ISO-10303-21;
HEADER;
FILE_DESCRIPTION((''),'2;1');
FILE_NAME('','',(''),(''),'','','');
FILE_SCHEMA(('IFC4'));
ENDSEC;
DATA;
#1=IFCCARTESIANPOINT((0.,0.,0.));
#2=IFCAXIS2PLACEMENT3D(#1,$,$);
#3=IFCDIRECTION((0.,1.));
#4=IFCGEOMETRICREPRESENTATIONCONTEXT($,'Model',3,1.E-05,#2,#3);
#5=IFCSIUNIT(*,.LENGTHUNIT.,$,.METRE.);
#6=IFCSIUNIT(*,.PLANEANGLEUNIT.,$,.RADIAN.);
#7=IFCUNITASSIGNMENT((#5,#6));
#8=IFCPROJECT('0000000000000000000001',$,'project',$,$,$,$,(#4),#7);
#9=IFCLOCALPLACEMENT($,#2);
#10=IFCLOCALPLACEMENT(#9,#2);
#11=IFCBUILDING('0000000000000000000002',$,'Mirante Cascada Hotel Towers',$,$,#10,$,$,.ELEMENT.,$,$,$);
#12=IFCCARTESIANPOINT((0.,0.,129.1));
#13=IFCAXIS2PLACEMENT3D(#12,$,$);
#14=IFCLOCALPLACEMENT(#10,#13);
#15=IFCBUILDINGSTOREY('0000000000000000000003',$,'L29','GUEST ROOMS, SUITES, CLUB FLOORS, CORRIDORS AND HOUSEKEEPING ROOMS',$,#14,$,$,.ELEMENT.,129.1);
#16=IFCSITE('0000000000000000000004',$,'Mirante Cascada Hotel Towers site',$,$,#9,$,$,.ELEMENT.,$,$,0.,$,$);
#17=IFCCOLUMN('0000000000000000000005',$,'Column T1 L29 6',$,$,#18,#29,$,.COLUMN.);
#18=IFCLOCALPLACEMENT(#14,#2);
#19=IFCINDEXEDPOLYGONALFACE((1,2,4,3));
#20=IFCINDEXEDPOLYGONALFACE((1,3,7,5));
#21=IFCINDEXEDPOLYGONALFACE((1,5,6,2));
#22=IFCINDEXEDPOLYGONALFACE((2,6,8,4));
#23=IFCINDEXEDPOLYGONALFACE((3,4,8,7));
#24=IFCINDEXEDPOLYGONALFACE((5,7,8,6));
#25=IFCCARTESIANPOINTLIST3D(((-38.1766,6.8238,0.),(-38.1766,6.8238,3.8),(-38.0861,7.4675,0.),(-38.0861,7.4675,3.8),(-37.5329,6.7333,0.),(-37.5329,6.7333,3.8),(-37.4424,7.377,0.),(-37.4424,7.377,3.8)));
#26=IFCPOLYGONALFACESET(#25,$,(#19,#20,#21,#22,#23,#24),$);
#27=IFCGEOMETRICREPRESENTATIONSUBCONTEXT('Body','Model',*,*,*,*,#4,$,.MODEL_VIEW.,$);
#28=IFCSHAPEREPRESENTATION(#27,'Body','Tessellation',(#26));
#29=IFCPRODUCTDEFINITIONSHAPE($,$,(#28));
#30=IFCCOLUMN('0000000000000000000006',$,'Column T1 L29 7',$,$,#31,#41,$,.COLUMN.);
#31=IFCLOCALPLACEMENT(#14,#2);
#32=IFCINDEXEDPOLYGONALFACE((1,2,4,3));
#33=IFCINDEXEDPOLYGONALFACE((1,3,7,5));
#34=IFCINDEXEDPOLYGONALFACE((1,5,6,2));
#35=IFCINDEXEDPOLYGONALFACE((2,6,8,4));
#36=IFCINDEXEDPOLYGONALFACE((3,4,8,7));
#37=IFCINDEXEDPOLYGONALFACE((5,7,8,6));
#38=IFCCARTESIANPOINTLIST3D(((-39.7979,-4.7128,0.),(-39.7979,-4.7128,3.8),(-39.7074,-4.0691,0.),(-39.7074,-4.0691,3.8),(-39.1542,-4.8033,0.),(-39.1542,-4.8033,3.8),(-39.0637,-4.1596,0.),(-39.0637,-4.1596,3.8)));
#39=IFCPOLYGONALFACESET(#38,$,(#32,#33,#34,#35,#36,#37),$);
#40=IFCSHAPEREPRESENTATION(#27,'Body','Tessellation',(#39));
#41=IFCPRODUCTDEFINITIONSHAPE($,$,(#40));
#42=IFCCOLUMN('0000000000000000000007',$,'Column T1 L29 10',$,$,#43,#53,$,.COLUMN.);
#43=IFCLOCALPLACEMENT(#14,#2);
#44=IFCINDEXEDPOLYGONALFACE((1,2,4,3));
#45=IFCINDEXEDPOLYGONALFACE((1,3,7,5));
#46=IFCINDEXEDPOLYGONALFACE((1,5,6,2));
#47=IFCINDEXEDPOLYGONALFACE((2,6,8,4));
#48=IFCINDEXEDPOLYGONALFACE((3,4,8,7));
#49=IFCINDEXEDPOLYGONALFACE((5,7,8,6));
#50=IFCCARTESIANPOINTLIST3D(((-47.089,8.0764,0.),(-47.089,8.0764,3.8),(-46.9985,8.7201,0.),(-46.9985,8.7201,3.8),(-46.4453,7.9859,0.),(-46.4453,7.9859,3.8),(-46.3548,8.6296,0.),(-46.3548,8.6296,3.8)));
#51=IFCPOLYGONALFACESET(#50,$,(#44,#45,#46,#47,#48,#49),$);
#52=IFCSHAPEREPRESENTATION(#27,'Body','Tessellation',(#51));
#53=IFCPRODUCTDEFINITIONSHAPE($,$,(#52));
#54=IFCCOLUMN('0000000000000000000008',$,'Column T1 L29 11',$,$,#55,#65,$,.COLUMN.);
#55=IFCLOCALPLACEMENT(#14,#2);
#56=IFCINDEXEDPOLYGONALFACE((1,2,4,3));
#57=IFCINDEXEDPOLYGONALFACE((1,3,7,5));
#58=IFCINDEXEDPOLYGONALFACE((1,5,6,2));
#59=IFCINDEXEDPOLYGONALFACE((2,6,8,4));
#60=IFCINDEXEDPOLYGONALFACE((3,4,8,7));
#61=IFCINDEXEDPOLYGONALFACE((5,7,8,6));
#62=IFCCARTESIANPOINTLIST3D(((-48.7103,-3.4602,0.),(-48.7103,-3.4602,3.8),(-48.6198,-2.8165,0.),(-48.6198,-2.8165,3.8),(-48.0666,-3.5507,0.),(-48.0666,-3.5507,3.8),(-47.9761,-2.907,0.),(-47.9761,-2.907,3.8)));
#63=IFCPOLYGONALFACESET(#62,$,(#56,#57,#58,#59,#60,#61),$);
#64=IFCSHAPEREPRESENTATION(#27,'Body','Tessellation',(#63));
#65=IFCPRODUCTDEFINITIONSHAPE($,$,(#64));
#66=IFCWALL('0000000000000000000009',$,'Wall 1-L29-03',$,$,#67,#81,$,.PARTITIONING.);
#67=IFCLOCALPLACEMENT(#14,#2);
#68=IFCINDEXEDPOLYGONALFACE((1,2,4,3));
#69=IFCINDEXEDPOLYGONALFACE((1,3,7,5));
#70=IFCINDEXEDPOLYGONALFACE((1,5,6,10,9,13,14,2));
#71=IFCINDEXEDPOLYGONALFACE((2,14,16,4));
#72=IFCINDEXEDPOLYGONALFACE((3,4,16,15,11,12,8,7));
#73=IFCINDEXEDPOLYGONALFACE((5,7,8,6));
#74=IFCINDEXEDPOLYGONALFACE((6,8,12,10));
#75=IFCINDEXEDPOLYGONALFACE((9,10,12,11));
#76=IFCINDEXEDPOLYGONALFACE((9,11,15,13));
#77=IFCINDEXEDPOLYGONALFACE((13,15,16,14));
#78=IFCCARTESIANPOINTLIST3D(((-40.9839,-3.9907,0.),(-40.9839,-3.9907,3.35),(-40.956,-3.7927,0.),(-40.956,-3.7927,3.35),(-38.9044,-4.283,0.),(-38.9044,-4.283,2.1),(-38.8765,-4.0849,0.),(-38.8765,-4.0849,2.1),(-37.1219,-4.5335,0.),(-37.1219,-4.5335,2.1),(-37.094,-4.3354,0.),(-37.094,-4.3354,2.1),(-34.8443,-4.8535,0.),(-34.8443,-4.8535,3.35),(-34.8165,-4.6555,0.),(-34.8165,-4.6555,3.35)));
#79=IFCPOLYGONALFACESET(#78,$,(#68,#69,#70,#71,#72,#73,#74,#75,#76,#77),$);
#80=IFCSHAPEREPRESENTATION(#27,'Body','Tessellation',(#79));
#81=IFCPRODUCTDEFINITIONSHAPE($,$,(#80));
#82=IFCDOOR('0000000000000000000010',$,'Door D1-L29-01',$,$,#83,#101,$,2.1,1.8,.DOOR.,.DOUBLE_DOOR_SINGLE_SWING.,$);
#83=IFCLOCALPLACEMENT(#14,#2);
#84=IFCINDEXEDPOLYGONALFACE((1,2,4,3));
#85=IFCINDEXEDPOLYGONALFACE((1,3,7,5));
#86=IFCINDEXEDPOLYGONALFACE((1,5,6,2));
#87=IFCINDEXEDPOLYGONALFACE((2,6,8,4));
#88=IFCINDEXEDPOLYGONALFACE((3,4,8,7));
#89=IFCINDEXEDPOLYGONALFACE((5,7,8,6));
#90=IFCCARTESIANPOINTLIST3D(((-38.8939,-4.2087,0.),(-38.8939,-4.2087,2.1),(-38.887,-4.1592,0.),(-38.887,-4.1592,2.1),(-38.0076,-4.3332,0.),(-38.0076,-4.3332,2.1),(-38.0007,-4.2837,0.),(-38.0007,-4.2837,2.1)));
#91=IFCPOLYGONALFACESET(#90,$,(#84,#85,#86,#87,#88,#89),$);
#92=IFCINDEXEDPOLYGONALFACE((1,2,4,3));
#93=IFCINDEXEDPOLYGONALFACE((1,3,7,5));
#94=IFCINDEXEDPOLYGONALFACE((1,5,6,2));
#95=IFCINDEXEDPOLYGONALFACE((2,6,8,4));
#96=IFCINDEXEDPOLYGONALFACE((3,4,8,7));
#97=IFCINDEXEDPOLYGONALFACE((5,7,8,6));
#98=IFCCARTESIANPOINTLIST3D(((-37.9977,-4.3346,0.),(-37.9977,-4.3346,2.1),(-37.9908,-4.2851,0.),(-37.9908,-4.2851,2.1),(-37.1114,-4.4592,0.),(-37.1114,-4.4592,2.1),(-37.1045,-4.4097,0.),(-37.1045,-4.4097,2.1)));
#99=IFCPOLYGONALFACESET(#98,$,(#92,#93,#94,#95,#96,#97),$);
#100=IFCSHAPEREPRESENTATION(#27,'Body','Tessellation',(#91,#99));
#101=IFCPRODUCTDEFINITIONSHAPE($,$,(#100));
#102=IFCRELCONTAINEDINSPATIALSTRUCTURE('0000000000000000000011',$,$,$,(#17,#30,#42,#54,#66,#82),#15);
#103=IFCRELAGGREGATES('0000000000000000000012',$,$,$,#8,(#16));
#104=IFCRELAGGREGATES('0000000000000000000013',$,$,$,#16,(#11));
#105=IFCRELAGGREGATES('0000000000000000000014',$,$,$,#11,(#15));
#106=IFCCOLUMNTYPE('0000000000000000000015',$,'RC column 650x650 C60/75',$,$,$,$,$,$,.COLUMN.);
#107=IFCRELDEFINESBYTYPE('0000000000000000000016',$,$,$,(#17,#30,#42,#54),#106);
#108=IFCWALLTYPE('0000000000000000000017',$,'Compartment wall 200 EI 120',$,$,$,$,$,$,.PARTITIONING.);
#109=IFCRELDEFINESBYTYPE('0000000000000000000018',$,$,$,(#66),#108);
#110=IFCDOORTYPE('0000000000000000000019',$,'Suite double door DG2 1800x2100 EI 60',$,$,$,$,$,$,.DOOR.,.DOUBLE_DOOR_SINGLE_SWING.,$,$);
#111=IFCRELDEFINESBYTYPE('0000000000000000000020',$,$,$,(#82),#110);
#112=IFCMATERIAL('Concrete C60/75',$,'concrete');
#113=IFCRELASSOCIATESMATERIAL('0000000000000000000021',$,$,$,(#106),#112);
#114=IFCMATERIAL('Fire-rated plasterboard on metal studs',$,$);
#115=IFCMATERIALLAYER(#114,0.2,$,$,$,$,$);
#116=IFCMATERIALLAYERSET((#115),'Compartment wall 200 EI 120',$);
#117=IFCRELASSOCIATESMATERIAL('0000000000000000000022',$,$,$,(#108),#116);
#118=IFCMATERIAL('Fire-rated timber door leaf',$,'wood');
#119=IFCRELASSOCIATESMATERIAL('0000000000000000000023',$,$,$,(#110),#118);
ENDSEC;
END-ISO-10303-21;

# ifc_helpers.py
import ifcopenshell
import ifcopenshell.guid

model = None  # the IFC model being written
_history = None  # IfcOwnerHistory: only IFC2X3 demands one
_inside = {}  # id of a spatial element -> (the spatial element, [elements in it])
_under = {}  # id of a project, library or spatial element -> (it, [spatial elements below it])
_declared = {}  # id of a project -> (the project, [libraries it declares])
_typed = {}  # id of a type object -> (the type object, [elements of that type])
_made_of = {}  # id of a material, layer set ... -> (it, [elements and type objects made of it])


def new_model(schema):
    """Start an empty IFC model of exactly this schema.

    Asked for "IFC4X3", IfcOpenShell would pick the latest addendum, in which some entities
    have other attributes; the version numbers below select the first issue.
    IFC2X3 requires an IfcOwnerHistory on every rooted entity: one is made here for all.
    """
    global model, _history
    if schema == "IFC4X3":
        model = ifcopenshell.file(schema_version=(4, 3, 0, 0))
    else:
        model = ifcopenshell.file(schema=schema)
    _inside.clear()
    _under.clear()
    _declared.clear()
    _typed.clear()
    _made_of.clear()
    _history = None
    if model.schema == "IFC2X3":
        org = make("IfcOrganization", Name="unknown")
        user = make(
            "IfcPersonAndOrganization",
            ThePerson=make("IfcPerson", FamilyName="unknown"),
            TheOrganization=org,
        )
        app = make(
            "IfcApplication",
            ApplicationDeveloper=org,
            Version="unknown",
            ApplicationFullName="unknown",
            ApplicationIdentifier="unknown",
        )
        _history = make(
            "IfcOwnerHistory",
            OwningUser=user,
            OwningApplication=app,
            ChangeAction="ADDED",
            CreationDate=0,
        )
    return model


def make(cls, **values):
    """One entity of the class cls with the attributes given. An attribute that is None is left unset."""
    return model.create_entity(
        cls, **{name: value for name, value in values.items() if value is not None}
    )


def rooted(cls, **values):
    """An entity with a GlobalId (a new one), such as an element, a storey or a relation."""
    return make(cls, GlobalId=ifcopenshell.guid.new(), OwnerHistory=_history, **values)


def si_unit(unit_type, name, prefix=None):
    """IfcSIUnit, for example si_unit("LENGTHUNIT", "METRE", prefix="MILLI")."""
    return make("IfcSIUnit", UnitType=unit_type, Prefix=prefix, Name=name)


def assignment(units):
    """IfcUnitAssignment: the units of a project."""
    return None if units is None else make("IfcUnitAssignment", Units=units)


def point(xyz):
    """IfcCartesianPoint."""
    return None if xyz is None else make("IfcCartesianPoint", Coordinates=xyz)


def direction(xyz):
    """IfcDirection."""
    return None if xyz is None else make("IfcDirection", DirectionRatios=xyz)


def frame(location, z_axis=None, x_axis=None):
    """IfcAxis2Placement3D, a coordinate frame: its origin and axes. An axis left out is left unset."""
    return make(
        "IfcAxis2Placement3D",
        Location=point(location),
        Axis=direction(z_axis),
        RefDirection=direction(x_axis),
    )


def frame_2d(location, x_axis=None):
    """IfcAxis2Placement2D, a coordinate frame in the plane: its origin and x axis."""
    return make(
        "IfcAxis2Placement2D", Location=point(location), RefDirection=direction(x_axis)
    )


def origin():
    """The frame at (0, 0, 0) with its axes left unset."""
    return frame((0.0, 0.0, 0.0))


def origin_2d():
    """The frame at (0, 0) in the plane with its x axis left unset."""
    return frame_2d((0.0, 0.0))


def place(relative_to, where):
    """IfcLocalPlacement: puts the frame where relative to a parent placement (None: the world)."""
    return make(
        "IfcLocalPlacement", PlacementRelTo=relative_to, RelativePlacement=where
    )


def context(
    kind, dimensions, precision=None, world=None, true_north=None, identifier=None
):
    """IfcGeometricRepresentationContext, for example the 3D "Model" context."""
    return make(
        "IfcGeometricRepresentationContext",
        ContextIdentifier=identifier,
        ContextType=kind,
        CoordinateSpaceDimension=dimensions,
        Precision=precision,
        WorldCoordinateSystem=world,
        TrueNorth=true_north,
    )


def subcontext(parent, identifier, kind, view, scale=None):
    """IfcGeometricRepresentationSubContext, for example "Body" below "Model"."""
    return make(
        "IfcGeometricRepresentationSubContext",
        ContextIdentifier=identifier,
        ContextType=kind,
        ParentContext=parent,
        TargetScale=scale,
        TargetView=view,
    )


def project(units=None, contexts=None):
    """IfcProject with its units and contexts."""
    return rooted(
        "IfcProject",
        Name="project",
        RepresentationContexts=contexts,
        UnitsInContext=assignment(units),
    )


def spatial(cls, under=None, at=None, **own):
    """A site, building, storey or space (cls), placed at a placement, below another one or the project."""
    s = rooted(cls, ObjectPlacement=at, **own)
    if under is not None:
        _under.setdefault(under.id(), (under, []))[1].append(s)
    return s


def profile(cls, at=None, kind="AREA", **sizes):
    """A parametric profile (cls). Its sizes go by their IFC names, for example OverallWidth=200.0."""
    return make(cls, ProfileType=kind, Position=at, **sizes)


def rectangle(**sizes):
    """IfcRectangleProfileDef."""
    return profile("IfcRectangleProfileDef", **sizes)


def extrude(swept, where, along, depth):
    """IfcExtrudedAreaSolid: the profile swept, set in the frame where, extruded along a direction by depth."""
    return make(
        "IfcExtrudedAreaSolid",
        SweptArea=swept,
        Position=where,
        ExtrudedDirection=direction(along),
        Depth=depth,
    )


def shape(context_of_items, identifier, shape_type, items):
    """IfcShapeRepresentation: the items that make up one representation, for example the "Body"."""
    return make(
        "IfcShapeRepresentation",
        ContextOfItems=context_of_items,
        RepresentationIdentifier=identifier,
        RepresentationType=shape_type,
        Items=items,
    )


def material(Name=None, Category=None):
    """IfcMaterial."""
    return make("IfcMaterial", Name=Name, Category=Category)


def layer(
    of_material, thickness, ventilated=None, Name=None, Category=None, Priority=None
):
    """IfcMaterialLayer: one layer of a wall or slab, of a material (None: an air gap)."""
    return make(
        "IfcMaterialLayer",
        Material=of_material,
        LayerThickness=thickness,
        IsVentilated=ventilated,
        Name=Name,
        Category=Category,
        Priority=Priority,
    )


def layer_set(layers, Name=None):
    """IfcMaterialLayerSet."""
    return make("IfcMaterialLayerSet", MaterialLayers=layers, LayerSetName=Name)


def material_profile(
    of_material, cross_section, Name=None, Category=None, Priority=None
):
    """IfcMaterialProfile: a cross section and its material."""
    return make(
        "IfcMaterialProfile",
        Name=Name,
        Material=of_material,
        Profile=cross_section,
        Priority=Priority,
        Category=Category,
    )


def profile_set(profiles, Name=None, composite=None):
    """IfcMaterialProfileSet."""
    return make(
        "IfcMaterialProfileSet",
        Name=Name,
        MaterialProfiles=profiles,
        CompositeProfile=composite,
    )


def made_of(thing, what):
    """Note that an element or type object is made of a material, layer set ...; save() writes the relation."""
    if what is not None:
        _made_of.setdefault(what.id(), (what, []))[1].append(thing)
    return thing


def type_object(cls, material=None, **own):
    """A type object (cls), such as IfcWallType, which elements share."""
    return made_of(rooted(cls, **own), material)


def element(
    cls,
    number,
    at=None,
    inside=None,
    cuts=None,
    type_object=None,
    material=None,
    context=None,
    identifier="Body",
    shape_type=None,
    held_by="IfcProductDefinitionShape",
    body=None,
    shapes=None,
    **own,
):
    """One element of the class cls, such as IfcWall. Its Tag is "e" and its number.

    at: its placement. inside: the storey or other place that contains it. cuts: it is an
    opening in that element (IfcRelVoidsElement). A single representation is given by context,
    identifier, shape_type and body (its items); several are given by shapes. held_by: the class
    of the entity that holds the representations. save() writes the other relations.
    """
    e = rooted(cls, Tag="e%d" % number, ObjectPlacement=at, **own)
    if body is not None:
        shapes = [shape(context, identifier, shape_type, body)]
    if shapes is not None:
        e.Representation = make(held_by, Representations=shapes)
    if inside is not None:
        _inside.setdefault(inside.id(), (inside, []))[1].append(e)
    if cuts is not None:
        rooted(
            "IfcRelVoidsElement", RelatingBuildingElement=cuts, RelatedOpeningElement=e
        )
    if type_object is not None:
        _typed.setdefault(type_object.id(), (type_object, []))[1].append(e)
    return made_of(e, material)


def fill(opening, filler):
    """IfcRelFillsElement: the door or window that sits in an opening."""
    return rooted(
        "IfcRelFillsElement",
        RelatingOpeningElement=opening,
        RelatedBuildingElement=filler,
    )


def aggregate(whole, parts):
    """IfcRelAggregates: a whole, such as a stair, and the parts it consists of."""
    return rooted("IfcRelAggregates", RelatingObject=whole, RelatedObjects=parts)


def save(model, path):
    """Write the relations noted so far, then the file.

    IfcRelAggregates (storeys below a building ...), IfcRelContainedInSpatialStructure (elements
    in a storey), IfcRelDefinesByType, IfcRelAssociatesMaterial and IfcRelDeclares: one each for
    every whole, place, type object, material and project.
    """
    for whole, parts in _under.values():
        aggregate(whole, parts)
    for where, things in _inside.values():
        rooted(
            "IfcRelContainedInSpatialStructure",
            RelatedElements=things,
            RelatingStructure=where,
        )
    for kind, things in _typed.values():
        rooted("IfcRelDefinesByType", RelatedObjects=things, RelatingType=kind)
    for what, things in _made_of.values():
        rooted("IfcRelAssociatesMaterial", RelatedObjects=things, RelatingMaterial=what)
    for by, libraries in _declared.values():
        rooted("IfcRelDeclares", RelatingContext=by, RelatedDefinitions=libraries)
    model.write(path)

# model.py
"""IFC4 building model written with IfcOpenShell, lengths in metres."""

from ifc_helpers import new_model, si_unit, direction, frame, frame_2d, origin, origin_2d, place, context, subcontext, project, spatial, rectangle, extrude, material, layer, layer_set, material_profile, profile_set, type_object, element, fill, save


model = new_model("IFC4")

# Units and contexts
model_context = context("Model", 3, precision=1e-05, world=origin(), true_north=direction((0.0, 1.0)))
body_context = subcontext(model_context, "Body", "Model", "MODEL_VIEW")
ifc_project = project(units=[si_unit("LENGTHUNIT", "METRE"), si_unit("PLANEANGLEUNIT", "RADIAN")], contexts=[model_context])

# Site, building, storey
site_placement = place(None, origin())
site = spatial("IfcSite", under=ifc_project, at=site_placement, Name="Mirante Cascada Hotel Towers site", CompositionType="ELEMENT", RefElevation=0.0)
building_placement = place(site_placement, origin())
building = spatial("IfcBuilding", under=site, at=building_placement, Name="Mirante Cascada Hotel Towers", CompositionType="ELEMENT")
storey_placement = place(building_placement, frame((0.0, 0.0, 129.1)))
storey = spatial("IfcBuildingStorey", under=building, at=storey_placement, Name="L29", Description="GUEST ROOMS, SUITES, CLUB FLOORS, CORRIDORS AND HOUSEKEEPING ROOMS", CompositionType="ELEMENT", Elevation=129.1)

# Columns
ifc_material_1 = material(Name="Concrete C60/75", Category="concrete")
ifc_material_profile = material_profile(ifc_material_1, rectangle(XDim=0.65, YDim=0.65, at=origin_2d()), Name="RC column 650x650 C60/75")
ifc_profile_set = profile_set([ifc_material_profile], Name="Concrete C60/75")
column_type = type_object("IfcColumnType", Name="RC column 650x650 C60/75", PredefinedType="COLUMN", material=ifc_profile_set)
for number, where, z_axis, x_axis, name in (
    (1, (-37.8095, 7.1004, 0.0), (0.0, 0.0, 1.0), (-0.990268, 0.139173, 0.0), "Column T1 L29 6"),
    (2, (-39.4308, -4.4362, 0.0), (0.0, 0.0, 1.0), (-0.990268, 0.139173, 0.0), "Column T1 L29 7"),
    (3, (-46.7219, 8.353, 0.0), (0.0, 0.0, 1.0), (-0.990268, 0.139173, 0.0), "Column T1 L29 10"),
    (4, (-48.3432, -3.1836, 0.0), (0.0, 0.0, 1.0), (-0.990268, 0.139173, 0.0), "Column T1 L29 11"),
):
    element("IfcColumn", number, at=place(storey_placement, frame(where, z_axis=z_axis, x_axis=x_axis)), inside=storey, type_object=column_type, Name=name, PredefinedType="COLUMN", context=body_context, shape_type="SweptSolid", body=[
        extrude(rectangle(XDim=0.65, YDim=0.65, at=origin_2d()), origin(), (0.0, 0.0, 1.0), 3.8),
    ])

# Wall, opening, door
ifc_material_2 = material(Name="Fire-rated plasterboard on metal studs")
ifc_layer_1 = layer(ifc_material_2, 0.2)
ifc_layer_set_1 = layer_set([ifc_layer_1], Name="Compartment wall 200 EI 120")
wall_type_1 = type_object("IfcWallType", Name="Compartment wall 200 EI 120", PredefinedType="PARTITIONING", material=ifc_layer_set_1)
wall_1_placement = place(storey_placement, frame((-40.97, -3.8917, 0.0), z_axis=(0.0, 0.0, 1.0), x_axis=(0.99027, -0.139163, 0.0)))
wall_1 = element("IfcWall", 5, at=wall_1_placement, inside=storey, type_object=wall_type_1, Name="Wall 1-L29-03", PredefinedType="PARTITIONING", context=body_context, shape_type="SweptSolid", body=[
    extrude(rectangle(XDim=6.1999, YDim=0.2, at=frame_2d((3.1, 0.0))), origin(), (0.0, 0.0, 1.0), 3.35),
])
opening_1_placement = place(wall_1_placement, frame((2.1, 0.0, 0.0)))
opening_1 = element("IfcOpeningElement", 6, at=opening_1_placement, cuts=wall_1, PredefinedType="OPENING", context=body_context, shape_type="SweptSolid", body=[
    extrude(rectangle(XDim=1.8, YDim=2.1, at=frame_2d((0.9, 1.05))), frame((0.0, 0.1, 0.0), z_axis=(0.0, -1.0, 0.0), x_axis=(1.0, 0.0, 0.0)), (0.0, 0.0, 1.0), 0.2),
])
ifc_material_3 = material(Name="Fire-rated timber door leaf", Category="wood")
door_type_1 = type_object("IfcDoorType", Name="Suite double door DG2 1800x2100 EI 60", OperationType="DOUBLE_DOOR_SINGLE_SWING", PredefinedType="DOOR", material=ifc_material_3)
door_1_placement = place(opening_1_placement, origin())
door_1 = element("IfcDoor", 7, at=door_1_placement, inside=storey, type_object=door_type_1, Name="Door D1-L29-01", OperationType="DOUBLE_DOOR_SINGLE_SWING", OverallHeight=2.1, OverallWidth=1.8, PredefinedType="DOOR", context=body_context, shape_type="SweptSolid", body=[
    extrude(rectangle(XDim=0.895, YDim=2.1, at=frame_2d((0.4475, 1.05))), frame((0.0, 0.025, 0.0), z_axis=(0.0, -1.0, 0.0), x_axis=(1.0, 0.0, 0.0)), (0.0, 0.0, 1.0), 0.05),
    extrude(rectangle(XDim=0.895, YDim=2.1, at=frame_2d((1.3525, 1.05))), frame((0.0, 0.025, 0.0), z_axis=(0.0, -1.0, 0.0), x_axis=(1.0, 0.0, 0.0)), (0.0, 0.0, 1.0), 0.05),
])
fill(opening_1, door_1)

save(model, "model.ifc")
